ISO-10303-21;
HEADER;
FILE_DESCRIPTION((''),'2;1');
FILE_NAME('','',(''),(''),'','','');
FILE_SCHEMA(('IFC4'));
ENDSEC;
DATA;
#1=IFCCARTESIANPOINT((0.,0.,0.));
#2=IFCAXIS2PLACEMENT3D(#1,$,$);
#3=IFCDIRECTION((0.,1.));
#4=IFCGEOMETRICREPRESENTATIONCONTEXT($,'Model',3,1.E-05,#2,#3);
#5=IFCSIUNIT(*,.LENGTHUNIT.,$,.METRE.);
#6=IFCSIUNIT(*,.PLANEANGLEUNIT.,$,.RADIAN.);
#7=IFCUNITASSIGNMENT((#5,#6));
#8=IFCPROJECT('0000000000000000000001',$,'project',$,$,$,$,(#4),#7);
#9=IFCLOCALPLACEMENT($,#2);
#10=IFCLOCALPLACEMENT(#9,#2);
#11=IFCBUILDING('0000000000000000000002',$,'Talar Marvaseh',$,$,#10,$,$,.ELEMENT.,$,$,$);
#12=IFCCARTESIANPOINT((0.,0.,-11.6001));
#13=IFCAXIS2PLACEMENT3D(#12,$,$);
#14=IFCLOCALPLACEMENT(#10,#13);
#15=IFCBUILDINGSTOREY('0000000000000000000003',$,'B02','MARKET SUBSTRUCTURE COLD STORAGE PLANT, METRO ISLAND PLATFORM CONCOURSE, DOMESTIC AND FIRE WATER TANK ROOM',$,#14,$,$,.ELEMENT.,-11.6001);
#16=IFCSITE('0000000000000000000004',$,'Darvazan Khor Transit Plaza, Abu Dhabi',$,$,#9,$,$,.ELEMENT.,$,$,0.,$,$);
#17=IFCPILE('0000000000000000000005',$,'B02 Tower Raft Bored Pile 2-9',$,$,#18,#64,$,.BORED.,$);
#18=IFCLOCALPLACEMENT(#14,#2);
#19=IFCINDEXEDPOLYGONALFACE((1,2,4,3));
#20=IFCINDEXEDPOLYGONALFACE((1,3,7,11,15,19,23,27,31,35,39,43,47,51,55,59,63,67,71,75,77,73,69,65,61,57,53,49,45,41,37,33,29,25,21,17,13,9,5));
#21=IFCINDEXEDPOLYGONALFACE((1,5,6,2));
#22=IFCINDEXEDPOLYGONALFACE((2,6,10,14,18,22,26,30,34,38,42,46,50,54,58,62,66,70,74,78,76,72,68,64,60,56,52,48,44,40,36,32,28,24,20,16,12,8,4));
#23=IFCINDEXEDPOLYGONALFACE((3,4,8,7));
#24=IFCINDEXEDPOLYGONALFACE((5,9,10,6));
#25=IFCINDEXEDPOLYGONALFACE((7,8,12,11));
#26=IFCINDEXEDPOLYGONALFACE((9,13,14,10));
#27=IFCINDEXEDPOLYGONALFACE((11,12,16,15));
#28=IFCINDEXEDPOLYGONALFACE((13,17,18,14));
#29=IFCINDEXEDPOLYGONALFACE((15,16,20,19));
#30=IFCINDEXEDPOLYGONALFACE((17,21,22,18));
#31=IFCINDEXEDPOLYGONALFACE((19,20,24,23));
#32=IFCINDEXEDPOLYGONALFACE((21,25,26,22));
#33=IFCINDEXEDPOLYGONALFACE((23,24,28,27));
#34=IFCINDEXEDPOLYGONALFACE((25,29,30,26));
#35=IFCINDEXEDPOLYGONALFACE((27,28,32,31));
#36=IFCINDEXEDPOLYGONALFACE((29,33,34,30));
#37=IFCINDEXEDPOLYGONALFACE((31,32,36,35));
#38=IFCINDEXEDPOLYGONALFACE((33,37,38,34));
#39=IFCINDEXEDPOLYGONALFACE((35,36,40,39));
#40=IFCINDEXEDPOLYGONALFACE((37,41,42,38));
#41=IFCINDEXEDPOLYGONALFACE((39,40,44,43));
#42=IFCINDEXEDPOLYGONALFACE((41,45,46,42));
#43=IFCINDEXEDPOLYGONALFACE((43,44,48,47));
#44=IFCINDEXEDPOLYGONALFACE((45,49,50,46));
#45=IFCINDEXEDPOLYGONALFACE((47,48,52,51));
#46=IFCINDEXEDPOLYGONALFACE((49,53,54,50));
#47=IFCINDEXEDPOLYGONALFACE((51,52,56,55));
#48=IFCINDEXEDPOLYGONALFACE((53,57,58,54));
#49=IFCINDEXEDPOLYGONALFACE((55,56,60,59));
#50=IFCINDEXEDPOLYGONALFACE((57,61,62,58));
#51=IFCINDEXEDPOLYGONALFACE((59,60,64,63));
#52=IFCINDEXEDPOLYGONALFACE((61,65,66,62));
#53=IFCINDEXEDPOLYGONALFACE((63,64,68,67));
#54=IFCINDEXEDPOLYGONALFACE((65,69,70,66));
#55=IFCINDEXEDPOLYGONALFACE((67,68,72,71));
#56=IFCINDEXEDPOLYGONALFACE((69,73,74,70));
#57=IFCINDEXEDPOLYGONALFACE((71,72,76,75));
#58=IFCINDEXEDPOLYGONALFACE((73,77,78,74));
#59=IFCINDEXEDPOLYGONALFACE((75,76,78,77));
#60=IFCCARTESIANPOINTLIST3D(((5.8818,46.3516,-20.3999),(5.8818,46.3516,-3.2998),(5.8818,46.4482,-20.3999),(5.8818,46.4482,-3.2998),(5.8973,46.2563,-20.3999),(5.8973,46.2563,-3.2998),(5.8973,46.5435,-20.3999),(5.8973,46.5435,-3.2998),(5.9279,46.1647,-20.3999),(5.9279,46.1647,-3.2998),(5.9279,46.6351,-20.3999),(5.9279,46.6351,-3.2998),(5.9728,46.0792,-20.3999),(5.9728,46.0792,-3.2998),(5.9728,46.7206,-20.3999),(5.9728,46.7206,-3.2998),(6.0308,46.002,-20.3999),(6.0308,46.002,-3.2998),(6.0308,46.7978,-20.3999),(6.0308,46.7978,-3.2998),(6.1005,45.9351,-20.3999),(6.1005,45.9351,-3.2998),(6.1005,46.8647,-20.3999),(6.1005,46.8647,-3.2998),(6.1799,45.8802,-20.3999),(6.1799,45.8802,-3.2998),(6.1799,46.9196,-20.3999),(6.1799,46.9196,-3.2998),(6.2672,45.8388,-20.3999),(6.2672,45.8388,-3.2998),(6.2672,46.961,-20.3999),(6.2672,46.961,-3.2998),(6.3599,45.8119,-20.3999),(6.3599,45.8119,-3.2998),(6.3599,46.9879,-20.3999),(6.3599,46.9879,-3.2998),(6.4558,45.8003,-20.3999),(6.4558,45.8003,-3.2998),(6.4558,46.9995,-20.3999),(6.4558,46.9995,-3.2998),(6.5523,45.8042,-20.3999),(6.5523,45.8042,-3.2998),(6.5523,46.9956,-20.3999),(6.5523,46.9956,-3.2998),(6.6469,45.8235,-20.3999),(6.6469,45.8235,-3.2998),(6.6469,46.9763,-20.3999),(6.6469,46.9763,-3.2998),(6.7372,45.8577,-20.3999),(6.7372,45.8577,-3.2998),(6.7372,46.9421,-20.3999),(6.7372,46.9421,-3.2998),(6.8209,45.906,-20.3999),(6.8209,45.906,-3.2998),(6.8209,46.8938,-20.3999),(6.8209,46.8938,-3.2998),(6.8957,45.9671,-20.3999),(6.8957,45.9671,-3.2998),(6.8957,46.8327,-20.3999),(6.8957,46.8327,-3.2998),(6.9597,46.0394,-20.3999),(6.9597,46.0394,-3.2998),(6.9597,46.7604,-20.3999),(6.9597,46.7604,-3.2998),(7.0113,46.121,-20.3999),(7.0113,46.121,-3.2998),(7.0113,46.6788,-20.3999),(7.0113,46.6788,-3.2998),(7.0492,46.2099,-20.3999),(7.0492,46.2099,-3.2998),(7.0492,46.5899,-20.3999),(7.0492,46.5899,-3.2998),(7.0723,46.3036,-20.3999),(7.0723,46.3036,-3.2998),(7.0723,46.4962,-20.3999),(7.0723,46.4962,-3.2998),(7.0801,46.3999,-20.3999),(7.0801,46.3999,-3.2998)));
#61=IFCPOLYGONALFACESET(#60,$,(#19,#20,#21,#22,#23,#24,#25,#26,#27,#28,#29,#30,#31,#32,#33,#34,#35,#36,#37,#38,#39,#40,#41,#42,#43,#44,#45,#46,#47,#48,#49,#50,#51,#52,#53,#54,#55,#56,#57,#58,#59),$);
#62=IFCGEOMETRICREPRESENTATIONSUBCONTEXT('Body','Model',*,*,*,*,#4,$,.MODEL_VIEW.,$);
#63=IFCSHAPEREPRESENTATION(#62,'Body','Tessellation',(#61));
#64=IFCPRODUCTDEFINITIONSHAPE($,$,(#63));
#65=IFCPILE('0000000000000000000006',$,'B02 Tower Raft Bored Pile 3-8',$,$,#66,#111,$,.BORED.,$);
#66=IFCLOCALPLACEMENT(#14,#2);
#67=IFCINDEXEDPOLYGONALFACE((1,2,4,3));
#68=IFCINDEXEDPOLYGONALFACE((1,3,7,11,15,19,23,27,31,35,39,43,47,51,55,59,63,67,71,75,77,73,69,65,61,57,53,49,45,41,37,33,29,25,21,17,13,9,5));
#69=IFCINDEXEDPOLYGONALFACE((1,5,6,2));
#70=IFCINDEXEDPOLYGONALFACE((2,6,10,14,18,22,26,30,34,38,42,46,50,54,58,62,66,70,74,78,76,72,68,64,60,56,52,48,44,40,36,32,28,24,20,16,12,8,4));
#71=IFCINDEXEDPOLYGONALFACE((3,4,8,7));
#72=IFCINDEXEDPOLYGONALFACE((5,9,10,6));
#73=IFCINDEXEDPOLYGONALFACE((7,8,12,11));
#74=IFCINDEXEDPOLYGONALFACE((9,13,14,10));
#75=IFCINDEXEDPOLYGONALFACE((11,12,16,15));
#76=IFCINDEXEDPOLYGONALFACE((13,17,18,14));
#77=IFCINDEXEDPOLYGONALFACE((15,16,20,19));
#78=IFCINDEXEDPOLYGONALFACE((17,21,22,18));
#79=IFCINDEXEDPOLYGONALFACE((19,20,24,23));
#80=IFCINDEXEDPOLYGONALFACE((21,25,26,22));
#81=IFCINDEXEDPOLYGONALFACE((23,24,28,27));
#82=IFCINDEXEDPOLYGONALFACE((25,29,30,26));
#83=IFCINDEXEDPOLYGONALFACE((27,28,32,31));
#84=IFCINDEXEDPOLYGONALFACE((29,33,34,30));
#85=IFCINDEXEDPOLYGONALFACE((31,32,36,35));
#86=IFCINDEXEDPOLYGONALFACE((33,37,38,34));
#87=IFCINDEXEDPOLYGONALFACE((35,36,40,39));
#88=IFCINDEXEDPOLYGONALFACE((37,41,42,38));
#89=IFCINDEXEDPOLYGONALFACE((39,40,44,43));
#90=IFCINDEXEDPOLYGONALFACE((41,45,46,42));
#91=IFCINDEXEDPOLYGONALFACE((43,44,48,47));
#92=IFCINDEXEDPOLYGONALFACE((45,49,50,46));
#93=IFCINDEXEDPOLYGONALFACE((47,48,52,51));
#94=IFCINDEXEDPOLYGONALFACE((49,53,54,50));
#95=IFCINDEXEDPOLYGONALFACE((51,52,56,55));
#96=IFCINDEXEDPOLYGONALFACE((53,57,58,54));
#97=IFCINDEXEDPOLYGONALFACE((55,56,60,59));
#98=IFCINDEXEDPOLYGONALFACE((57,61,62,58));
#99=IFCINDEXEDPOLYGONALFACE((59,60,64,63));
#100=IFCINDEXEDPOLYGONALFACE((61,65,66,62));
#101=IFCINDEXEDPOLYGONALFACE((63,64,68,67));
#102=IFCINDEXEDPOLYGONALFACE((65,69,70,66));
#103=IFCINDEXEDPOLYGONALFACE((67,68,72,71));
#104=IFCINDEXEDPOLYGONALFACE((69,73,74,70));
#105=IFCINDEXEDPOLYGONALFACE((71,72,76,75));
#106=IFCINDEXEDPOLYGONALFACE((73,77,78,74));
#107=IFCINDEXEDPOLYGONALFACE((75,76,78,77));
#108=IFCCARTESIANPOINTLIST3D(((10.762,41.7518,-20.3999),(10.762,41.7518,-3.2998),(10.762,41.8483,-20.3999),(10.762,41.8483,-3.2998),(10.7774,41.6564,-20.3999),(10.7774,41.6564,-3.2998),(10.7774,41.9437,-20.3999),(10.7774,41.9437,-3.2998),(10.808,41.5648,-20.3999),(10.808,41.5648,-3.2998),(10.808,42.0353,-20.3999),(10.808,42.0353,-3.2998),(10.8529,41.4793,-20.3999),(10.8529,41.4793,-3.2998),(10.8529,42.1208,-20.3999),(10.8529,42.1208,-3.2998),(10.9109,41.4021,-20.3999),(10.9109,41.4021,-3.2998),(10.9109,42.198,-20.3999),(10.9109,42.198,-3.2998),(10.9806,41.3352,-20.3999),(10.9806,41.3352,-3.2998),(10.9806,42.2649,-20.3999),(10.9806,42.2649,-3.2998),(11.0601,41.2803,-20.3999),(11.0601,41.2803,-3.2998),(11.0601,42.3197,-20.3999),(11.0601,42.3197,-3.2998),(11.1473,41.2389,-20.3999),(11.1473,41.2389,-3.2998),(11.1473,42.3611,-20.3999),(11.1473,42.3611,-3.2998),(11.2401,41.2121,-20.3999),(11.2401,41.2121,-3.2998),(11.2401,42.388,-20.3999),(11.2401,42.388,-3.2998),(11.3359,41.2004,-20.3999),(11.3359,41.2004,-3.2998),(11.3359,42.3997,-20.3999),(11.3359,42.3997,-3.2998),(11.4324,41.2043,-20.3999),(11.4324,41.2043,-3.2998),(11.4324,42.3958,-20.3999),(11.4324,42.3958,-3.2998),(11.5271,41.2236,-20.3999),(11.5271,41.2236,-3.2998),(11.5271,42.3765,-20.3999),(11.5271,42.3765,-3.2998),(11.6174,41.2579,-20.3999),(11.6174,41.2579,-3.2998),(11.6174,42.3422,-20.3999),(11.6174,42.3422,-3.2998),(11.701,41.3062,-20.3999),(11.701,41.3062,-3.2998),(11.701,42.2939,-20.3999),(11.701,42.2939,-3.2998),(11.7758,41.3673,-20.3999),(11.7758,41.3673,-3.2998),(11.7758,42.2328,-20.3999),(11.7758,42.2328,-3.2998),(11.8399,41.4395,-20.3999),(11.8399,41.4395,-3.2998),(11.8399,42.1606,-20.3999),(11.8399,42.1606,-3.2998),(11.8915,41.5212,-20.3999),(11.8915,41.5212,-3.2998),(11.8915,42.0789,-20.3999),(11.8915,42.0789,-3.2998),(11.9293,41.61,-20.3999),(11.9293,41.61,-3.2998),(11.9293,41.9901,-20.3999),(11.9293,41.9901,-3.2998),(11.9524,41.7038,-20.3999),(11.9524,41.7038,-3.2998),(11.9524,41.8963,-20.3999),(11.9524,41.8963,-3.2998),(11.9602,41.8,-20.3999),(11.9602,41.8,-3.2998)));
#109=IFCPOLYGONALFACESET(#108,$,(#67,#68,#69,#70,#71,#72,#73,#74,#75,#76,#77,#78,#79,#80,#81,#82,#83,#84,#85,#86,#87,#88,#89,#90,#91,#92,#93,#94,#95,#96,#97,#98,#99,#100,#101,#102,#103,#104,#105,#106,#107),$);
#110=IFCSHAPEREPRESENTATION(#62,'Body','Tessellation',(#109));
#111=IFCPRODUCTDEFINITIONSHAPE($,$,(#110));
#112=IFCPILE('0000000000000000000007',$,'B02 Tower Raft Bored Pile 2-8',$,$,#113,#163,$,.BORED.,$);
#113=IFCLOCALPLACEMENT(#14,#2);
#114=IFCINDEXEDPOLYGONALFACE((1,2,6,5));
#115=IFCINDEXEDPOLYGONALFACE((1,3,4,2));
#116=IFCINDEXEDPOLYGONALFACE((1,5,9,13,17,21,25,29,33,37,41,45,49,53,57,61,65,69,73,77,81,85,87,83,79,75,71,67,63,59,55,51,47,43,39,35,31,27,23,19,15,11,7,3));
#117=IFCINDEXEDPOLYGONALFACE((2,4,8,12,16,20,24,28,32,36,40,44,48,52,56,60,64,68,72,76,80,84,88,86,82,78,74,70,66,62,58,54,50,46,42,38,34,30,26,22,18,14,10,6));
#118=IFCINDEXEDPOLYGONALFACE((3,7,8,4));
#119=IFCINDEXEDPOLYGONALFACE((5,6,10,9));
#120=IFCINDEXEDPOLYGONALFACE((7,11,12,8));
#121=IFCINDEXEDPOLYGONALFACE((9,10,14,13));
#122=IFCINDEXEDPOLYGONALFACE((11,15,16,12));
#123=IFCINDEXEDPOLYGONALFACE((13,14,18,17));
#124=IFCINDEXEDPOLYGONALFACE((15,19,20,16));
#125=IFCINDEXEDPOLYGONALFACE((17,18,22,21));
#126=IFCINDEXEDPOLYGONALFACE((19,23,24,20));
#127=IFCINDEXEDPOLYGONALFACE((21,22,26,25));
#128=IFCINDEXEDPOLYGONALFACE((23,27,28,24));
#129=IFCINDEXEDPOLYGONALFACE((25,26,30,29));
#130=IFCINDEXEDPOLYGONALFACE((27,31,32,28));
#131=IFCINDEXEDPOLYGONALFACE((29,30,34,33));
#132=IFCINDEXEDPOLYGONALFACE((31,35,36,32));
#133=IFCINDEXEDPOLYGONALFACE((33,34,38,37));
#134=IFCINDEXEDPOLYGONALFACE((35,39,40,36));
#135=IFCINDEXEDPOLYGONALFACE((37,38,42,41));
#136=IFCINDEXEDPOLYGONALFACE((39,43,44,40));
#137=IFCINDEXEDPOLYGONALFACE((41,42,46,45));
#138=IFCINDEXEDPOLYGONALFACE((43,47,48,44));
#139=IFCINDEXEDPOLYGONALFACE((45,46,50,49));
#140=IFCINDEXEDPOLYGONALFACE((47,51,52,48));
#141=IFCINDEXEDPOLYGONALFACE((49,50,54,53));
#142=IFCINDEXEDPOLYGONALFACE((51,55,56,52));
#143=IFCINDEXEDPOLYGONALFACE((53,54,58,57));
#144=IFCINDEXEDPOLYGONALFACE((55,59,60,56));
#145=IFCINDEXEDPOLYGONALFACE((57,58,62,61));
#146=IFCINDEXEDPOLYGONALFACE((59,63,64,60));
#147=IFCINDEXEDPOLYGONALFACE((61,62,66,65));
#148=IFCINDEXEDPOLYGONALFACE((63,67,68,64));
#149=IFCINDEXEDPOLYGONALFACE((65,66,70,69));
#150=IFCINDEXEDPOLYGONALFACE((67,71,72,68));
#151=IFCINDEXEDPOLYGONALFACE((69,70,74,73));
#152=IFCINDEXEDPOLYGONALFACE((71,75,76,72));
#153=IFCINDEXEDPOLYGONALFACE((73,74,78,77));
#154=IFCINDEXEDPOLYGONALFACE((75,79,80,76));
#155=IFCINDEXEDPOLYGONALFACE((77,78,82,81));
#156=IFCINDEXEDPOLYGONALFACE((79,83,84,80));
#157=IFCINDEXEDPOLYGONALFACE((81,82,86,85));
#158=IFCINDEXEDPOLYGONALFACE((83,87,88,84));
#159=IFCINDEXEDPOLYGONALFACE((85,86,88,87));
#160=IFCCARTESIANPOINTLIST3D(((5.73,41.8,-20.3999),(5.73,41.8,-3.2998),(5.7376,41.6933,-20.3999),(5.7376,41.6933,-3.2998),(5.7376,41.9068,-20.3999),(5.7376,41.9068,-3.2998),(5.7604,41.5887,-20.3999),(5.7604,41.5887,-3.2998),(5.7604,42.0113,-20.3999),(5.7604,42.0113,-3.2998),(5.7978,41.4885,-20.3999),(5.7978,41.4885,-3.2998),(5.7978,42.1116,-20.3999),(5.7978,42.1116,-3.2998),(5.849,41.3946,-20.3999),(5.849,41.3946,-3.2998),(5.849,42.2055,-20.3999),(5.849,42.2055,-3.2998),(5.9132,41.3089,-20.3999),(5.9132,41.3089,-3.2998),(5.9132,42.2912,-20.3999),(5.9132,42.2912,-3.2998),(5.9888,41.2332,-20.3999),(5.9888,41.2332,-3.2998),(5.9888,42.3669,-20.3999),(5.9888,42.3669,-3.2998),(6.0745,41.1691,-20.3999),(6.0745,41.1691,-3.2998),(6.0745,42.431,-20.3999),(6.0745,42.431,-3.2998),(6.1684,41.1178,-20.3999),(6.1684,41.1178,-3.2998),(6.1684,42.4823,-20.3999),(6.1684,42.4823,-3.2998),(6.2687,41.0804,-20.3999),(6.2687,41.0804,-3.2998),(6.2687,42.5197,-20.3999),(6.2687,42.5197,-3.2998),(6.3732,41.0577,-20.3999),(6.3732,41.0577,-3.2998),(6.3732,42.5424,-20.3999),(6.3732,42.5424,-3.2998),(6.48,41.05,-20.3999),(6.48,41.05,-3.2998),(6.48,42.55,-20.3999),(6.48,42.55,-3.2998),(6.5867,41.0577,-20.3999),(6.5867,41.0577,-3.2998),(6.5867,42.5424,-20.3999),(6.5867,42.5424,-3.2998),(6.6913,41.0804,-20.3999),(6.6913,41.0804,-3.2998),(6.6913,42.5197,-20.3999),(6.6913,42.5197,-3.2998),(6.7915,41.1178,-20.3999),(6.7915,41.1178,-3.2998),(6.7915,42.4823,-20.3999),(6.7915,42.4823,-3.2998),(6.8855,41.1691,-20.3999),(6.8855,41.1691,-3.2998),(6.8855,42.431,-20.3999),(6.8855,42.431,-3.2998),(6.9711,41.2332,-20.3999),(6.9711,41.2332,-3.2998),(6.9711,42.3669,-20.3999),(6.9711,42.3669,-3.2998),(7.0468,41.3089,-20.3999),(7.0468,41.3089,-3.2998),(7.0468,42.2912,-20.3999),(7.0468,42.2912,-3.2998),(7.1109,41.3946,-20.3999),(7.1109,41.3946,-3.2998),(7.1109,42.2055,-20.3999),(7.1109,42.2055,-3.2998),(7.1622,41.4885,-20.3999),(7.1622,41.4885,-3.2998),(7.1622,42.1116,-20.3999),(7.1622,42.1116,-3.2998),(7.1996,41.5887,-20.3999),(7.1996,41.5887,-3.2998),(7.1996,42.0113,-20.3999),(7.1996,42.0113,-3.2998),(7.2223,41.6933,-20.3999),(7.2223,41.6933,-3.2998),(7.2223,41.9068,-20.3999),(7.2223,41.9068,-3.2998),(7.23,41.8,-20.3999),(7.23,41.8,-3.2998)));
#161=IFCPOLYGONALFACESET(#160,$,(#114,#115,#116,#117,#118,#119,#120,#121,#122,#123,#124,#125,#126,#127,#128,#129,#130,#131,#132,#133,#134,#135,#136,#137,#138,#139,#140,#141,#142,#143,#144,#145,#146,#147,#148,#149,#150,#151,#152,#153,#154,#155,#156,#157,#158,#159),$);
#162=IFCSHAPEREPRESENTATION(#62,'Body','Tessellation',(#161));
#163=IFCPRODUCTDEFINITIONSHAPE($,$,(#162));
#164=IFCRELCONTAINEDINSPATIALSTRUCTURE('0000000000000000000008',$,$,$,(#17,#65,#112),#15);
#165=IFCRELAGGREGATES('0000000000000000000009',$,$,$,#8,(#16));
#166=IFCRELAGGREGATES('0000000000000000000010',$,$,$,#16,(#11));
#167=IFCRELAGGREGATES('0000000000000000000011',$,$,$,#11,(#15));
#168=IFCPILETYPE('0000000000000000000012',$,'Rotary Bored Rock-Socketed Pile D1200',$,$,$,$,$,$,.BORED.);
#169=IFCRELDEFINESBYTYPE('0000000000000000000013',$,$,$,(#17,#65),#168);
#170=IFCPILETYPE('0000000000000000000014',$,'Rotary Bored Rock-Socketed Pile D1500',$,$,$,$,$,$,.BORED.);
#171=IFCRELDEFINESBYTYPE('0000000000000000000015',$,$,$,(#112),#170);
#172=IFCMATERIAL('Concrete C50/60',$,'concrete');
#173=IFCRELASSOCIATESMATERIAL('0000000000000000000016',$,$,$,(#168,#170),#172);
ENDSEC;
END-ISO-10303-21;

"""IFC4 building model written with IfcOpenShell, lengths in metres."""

from ifc_helpers import new_model, si_unit, direction, frame, origin, origin_2d, place, context, subcontext, project, spatial, circle, extrude, source, transform, mapped, material, material_profile, profile_set, type_object, type_shapes, element, save


model = new_model("IFC4")

# Units and contexts
model_context = context("Model", 3, precision=1e-05, world=origin(), true_north=direction((0.0, 1.0)))
body_context = subcontext(model_context, "Body", "Model", "MODEL_VIEW")
ifc_project = project(units=[si_unit("LENGTHUNIT", "METRE"), si_unit("PLANEANGLEUNIT", "RADIAN")], contexts=[model_context])

# Site, building, storey
site_placement = place(None, origin())
site = spatial("IfcSite", under=ifc_project, at=site_placement, Name="Darvazan Khor Transit Plaza, Abu Dhabi", CompositionType="ELEMENT", RefElevation=0.0)
building_placement = place(site_placement, origin())
building = spatial("IfcBuilding", under=site, at=building_placement, Name="Talar Marvaseh", CompositionType="ELEMENT")
storey_placement = place(building_placement, frame((0.0, 0.0, -11.6001)))
storey = spatial("IfcBuildingStorey", under=building, at=storey_placement, Name="B02", Description="MARKET SUBSTRUCTURE COLD STORAGE PLANT, METRO ISLAND PLATFORM CONCOURSE, DOMESTIC AND FIRE WATER TANK ROOM", CompositionType="ELEMENT", Elevation=-11.6001)

# Piles
ifc_material_1 = material(Name="Concrete C50/60", Category="concrete")
ifc_material_profile_1 = material_profile(ifc_material_1, circle(Radius=0.6001, at=origin_2d()), Name="PILE-D1200")
ifc_profile_set_1 = profile_set([ifc_material_profile_1], Name="Concrete C50/60")
pile_type_1 = type_object("IfcPileType", Name="Rotary Bored Rock-Socketed Pile D1200", PredefinedType="BORED", material=ifc_profile_set_1)
shared_shape_1 = source(origin(), body_context, "Body", "SweptSolid", [
    extrude(circle(Radius=0.6001, at=origin_2d()), origin(), (0.0, 0.0, 1.0), 17.1001),
])
type_shapes(pile_type_1, [shared_shape_1])
for number, where, z_axis, x_axis, name in (
    (1, (6.48, 46.3999, -3.2998), (0.0, 0.0, -1.0), (1.0, 0.0, 0.0), "B02 Tower Raft Bored Pile 2-9"),
    (2, (11.3601, 41.8, -3.2998), (0.0, 0.0, -1.0), (1.0, 0.0, 0.0), "B02 Tower Raft Bored Pile 3-8"),
):
    element("IfcPile", number, at=place(storey_placement, frame(where, z_axis=z_axis, x_axis=x_axis)), inside=storey, type_object=pile_type_1, Name=name, PredefinedType="BORED", context=body_context, shape_type="MappedRepresentation", body=[
        mapped(shared_shape_1, transform((0.0, 0.0, 0.0), x_axis=(1.0, 0.0, 0.0), y_axis=(0.0, 1.0, 0.0), z_axis=(0.0, 0.0, 1.0), scale=1.0)),
    ])
ifc_material_profile_2 = material_profile(ifc_material_1, circle(Radius=0.75, at=origin_2d()), Name="PILE-D1500")
ifc_profile_set_2 = profile_set([ifc_material_profile_2], Name="Concrete C50/60")
pile_type_2 = type_object("IfcPileType", Name="Rotary Bored Rock-Socketed Pile D1500", PredefinedType="BORED", material=ifc_profile_set_2)
shared_shape_2 = source(origin(), body_context, "Body", "SweptSolid", [
    extrude(circle(Radius=0.75, at=origin_2d()), origin(), (0.0, 0.0, 1.0), 17.1001),
])
type_shapes(pile_type_2, [shared_shape_2])
for number, where, z_axis, x_axis, name in (
    (3, (6.48, 41.8, -3.2998), (0.0, 0.0, -1.0), (1.0, 0.0, 0.0), "B02 Tower Raft Bored Pile 2-8"),
):
    element("IfcPile", number, at=place(storey_placement, frame(where, z_axis=z_axis, x_axis=x_axis)), inside=storey, type_object=pile_type_2, Name=name, PredefinedType="BORED", context=body_context, shape_type="MappedRepresentation", body=[
        mapped(shared_shape_2, transform((0.0, 0.0, 0.0), x_axis=(1.0, 0.0, 0.0), y_axis=(0.0, 1.0, 0.0), z_axis=(0.0, 0.0, 1.0), scale=1.0)),
    ])

save(model, "model.ifc")
